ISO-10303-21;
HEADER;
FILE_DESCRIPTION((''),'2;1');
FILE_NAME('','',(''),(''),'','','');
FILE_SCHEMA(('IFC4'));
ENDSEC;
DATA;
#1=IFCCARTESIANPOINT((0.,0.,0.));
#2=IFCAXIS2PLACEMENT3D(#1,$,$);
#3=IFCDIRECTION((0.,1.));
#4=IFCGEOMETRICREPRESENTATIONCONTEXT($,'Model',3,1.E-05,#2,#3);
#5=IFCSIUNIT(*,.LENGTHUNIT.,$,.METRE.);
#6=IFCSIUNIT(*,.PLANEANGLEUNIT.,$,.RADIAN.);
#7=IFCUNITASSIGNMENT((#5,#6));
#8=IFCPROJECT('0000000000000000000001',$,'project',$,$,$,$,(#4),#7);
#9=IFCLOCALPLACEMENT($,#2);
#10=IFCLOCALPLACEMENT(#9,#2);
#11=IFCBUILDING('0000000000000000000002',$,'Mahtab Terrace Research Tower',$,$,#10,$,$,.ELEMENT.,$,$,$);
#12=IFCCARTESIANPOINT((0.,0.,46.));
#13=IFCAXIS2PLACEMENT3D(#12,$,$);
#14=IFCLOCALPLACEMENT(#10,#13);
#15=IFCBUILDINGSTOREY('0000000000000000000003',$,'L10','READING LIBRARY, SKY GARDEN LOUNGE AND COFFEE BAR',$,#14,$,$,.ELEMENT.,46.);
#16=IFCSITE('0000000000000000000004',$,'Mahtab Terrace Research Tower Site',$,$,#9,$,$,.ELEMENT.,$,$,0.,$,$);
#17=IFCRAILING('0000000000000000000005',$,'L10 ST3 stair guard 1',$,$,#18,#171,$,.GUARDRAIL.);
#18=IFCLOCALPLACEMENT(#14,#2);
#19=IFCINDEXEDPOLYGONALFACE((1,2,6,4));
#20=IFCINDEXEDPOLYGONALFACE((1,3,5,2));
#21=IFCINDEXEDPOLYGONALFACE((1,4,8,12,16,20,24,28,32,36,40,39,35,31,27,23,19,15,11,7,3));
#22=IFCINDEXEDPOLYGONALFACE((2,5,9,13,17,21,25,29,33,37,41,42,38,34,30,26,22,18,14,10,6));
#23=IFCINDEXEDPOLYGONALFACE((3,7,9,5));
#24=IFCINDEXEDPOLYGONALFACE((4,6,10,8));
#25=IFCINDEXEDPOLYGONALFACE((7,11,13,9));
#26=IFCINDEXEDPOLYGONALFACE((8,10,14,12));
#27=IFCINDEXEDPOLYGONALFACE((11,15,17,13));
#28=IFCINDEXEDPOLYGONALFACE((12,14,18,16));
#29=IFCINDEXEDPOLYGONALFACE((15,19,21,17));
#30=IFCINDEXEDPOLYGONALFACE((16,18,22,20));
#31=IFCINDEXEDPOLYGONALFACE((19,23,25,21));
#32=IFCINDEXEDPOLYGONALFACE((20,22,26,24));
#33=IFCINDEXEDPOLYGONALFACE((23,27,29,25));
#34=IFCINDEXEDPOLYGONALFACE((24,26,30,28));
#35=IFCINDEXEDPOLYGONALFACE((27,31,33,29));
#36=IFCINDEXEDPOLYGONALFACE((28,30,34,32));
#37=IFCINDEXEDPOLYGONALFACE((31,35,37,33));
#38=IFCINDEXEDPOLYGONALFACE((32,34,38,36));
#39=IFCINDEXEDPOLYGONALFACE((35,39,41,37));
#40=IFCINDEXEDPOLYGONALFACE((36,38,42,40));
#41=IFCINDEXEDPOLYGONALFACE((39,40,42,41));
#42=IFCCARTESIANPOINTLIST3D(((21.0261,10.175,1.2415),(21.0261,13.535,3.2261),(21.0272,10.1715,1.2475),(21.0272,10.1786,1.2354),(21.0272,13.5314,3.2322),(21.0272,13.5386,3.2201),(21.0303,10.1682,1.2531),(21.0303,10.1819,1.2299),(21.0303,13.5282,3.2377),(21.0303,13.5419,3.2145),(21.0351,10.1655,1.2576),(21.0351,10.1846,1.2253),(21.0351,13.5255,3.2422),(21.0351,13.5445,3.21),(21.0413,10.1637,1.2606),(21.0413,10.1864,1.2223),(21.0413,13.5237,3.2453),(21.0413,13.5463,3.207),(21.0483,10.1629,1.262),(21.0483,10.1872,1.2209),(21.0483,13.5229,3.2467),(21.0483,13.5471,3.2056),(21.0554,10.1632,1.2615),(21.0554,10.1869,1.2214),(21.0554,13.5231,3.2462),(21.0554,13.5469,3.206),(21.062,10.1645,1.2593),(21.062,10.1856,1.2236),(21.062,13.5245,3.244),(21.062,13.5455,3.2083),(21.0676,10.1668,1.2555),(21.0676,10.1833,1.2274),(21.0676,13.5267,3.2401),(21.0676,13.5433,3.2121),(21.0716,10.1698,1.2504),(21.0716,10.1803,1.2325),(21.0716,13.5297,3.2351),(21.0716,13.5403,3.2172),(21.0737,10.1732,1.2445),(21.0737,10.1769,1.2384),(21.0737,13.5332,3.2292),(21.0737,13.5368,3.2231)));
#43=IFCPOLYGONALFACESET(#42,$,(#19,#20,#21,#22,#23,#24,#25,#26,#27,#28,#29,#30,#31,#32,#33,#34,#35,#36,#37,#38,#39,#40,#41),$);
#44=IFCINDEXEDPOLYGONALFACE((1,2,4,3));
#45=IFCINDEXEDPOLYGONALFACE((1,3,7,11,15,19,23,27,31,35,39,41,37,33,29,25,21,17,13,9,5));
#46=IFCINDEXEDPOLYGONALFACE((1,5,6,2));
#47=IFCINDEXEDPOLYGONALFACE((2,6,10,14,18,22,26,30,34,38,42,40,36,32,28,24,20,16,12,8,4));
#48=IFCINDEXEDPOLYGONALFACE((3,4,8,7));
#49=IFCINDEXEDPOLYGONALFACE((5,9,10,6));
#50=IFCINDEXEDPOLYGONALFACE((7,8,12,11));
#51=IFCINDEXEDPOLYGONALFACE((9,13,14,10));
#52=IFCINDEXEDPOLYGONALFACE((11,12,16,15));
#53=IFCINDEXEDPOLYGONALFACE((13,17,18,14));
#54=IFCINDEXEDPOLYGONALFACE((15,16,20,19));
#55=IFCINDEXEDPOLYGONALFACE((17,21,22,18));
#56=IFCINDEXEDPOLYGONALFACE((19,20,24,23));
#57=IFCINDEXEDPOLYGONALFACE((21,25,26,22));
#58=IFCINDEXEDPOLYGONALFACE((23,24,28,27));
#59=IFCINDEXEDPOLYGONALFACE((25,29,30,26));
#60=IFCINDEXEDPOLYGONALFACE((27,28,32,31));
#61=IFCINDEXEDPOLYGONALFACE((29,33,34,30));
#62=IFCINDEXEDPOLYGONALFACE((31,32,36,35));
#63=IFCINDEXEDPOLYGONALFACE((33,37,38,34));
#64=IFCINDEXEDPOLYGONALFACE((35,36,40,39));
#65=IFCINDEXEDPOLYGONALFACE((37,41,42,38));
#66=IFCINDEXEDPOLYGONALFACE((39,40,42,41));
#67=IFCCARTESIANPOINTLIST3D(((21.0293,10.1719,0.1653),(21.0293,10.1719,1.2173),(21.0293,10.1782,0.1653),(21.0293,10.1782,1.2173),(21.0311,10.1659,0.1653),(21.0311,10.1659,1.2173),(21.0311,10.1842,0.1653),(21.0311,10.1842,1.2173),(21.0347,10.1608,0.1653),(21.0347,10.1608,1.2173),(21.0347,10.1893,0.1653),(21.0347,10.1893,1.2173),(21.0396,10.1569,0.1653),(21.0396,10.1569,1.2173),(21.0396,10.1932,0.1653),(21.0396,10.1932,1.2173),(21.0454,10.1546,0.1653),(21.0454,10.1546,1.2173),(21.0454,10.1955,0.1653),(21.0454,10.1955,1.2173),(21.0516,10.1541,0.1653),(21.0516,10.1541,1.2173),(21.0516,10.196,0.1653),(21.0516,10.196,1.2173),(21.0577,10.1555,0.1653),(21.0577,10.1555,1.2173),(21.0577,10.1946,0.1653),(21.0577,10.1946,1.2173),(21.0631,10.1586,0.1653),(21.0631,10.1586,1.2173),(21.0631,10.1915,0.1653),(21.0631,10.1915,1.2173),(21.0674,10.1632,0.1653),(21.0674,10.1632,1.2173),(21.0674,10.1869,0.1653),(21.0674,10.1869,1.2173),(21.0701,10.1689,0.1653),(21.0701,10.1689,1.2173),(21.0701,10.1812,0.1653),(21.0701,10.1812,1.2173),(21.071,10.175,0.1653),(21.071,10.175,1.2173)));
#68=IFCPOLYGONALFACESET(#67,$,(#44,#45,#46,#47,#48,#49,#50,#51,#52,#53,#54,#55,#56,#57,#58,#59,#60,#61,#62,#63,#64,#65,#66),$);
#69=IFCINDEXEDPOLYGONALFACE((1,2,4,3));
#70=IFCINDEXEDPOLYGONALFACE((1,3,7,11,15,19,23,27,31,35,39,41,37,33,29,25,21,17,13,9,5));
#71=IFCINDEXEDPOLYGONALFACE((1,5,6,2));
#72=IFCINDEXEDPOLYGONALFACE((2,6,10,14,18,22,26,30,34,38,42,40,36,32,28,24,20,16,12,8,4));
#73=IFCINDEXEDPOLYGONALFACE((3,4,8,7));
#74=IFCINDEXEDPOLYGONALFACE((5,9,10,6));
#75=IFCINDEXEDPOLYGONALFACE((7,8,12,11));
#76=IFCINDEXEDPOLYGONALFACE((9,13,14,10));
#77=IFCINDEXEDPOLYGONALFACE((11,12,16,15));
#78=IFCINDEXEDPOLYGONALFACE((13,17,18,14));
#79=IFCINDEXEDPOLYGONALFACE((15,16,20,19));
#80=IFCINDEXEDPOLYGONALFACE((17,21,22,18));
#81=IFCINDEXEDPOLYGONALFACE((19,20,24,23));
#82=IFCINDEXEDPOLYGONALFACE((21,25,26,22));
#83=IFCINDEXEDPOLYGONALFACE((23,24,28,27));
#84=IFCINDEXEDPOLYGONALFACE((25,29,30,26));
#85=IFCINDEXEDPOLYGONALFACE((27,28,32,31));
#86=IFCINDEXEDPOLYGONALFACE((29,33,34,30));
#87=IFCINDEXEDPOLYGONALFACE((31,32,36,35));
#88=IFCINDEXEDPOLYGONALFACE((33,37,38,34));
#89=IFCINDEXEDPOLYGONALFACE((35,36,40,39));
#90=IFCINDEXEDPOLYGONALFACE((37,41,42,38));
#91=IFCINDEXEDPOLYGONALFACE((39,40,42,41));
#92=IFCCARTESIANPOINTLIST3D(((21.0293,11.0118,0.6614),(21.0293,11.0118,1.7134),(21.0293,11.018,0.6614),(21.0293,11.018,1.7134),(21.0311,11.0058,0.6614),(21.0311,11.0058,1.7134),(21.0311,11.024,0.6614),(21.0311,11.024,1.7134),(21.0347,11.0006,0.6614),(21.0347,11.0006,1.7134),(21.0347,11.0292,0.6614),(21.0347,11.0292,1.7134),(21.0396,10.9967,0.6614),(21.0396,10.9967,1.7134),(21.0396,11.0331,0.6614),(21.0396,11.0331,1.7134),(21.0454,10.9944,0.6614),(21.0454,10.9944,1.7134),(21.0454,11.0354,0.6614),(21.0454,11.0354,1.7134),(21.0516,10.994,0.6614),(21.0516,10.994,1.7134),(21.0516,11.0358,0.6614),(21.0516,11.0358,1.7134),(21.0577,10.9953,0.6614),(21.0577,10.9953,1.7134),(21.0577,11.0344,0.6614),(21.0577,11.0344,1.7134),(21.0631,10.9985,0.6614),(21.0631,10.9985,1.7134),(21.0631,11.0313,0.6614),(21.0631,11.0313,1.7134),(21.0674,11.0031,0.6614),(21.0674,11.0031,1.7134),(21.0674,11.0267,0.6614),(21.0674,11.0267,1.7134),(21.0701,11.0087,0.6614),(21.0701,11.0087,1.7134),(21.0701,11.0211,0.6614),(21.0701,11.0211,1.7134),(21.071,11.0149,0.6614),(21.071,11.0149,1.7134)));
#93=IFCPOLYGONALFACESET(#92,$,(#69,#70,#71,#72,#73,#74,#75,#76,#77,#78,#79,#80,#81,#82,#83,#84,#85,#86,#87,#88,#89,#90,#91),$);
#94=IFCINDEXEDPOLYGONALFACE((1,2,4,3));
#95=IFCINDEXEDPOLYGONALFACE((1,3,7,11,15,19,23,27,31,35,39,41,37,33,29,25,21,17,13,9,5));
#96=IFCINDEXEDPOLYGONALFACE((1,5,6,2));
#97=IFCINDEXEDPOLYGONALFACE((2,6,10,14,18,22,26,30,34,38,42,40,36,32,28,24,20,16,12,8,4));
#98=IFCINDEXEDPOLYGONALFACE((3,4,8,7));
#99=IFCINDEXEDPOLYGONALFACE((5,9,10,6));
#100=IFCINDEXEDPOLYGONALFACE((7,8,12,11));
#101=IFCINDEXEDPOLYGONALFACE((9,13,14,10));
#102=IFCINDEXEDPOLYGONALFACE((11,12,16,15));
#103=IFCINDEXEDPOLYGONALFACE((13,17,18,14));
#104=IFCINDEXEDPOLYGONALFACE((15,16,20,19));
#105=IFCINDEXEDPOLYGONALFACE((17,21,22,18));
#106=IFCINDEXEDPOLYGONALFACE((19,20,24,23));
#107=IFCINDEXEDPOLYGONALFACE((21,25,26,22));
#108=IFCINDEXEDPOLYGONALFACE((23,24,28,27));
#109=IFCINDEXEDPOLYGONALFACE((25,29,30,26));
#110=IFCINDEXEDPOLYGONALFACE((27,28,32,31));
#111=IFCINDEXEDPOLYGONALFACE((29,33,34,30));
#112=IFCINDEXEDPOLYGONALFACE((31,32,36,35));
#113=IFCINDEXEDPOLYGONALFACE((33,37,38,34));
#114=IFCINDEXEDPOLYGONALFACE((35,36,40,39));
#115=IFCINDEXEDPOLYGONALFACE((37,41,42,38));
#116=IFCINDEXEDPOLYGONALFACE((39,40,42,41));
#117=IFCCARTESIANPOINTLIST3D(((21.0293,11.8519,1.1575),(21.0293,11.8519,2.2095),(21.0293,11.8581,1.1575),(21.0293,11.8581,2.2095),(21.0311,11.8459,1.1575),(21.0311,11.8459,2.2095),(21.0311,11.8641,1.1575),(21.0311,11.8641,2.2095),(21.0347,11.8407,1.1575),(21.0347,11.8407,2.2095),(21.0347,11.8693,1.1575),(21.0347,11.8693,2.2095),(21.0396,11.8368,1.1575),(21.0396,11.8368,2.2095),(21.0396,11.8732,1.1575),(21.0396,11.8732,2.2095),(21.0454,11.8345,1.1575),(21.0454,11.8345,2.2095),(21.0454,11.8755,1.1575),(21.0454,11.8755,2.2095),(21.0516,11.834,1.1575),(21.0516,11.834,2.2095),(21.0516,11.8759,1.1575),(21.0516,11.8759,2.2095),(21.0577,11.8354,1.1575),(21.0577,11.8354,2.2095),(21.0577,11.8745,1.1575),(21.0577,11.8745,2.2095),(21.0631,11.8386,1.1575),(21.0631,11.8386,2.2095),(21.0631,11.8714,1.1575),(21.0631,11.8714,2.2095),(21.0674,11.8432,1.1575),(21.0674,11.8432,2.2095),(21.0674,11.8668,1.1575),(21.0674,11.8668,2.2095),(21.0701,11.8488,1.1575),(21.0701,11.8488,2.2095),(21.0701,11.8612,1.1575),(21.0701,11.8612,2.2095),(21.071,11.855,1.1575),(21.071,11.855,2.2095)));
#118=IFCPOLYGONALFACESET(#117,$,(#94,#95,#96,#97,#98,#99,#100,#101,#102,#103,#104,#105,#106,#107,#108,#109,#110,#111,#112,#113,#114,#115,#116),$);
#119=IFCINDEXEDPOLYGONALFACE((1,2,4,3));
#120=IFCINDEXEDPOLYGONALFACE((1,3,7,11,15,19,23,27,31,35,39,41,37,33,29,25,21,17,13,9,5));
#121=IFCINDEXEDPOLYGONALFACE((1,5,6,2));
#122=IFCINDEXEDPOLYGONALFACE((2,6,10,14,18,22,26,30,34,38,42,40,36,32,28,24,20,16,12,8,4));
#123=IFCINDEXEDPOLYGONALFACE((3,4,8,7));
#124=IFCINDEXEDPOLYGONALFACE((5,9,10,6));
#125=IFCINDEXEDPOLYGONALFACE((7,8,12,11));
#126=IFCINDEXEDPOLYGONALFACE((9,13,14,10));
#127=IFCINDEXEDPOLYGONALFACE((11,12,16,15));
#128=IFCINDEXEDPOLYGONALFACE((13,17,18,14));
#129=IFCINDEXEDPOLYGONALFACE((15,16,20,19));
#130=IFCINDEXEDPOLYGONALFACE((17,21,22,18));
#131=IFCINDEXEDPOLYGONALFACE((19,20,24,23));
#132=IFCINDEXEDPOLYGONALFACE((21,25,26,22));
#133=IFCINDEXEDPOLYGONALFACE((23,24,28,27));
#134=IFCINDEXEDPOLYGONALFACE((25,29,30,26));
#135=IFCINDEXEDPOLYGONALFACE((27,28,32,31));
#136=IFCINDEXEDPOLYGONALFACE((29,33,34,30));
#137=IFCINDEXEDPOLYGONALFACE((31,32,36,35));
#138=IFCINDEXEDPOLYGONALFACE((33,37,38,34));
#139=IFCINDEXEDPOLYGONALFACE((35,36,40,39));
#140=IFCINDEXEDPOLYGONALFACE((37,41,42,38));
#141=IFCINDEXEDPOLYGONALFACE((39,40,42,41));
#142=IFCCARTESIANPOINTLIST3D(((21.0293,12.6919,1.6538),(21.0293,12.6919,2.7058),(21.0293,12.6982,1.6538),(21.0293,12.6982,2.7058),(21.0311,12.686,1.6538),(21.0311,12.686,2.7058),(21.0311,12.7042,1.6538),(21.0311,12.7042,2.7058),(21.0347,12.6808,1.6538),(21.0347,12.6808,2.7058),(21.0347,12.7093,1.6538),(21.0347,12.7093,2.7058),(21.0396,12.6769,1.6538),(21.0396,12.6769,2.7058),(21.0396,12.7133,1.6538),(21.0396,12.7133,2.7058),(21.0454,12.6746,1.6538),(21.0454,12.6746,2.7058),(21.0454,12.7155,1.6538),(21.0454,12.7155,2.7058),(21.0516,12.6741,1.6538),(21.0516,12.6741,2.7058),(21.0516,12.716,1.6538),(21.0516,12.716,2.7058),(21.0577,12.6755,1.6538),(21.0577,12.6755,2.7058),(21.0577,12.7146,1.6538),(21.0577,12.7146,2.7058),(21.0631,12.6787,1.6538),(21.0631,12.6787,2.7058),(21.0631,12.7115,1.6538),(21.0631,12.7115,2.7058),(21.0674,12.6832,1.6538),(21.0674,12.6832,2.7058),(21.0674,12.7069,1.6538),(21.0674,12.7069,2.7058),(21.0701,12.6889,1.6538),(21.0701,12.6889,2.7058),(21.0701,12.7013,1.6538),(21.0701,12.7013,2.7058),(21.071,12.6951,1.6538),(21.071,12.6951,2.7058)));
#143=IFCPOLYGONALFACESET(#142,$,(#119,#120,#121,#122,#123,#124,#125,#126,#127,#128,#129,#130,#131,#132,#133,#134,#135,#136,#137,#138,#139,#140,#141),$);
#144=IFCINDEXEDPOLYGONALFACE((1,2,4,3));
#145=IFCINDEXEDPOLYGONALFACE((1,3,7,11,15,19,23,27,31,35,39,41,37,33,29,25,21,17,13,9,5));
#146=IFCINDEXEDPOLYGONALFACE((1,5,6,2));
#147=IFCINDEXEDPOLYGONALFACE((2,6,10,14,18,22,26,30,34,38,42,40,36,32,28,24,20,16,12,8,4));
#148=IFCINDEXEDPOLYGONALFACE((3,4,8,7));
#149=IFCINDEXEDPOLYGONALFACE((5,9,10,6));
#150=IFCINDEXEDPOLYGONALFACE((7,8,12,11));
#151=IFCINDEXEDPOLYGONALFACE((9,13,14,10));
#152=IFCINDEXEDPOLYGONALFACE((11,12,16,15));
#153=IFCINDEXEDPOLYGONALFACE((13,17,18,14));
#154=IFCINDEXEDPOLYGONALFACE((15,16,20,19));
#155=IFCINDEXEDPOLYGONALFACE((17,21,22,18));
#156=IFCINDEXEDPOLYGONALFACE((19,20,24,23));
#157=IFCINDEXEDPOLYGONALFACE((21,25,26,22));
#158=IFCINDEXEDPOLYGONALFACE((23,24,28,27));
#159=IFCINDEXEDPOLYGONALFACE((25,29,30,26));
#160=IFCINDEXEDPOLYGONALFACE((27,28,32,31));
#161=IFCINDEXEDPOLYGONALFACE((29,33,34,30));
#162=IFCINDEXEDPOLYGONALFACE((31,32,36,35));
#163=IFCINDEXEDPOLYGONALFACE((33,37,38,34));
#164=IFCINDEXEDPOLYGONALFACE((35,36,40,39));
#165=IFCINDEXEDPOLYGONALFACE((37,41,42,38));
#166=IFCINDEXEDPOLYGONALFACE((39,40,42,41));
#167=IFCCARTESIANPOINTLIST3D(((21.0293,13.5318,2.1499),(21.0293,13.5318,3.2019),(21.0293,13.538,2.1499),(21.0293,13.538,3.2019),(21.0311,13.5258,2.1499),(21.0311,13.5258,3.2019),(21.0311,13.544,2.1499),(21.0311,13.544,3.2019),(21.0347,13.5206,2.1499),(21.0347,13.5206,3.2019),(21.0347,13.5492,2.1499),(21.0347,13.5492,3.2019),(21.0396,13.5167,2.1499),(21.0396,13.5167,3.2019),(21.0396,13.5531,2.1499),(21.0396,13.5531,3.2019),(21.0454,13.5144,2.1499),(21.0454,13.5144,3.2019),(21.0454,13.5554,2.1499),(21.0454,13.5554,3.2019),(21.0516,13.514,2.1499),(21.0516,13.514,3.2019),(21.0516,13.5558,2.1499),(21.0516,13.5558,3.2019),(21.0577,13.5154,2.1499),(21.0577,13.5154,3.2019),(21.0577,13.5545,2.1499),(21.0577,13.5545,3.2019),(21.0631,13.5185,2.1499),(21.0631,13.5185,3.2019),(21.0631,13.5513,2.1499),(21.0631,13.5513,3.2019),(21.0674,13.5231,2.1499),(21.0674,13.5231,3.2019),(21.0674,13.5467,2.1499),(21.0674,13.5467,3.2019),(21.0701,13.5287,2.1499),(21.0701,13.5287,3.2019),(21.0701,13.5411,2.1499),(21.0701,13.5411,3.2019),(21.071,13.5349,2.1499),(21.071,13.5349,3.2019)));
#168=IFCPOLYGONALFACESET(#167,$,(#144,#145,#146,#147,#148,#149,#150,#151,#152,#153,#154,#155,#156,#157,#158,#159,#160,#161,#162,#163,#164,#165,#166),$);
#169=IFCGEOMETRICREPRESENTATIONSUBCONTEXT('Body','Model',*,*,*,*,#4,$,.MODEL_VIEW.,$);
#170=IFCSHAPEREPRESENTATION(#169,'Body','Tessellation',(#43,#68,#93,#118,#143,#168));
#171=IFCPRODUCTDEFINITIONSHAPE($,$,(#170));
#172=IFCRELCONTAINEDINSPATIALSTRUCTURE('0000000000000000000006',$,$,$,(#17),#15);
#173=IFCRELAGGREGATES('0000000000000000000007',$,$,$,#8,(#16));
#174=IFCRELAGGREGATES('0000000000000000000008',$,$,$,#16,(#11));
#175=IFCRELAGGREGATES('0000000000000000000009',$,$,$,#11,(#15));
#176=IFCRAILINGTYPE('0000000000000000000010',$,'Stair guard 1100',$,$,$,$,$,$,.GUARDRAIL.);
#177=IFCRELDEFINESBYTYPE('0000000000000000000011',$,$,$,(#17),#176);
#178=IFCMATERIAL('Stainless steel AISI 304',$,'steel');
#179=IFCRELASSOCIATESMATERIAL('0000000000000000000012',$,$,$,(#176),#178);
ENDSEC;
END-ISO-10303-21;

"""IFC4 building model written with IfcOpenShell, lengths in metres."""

from ifc_helpers import new_model, si_unit, direction, frame, origin, origin_2d, place, context, subcontext, project, spatial, circle, extrude, material, type_object, element, save


model = new_model("IFC4")

# Units and contexts
model_context = context("Model", 3, precision=1e-05, world=origin(), true_north=direction((0.0, 1.0)))
body_context = subcontext(model_context, "Body", "Model", "MODEL_VIEW")
ifc_project = project(units=[si_unit("LENGTHUNIT", "METRE"), si_unit("PLANEANGLEUNIT", "RADIAN")], contexts=[model_context])

# Site, building, storey
site_placement = place(None, origin())
site = spatial("IfcSite", under=ifc_project, at=site_placement, Name="Mahtab Terrace Research Tower Site", CompositionType="ELEMENT", RefElevation=0.0)
building_placement = place(site_placement, origin())
building = spatial("IfcBuilding", under=site, at=building_placement, Name="Mahtab Terrace Research Tower", CompositionType="ELEMENT")
storey_placement = place(building_placement, frame((0.0, 0.0, 46.0)))
storey = spatial("IfcBuildingStorey", under=building, at=storey_placement, Name="L10", Description="READING LIBRARY, SKY GARDEN LOUNGE AND COFFEE BAR", CompositionType="ELEMENT", Elevation=46.0)

# Railing
ifc_material_1 = material(Name="Stainless steel AISI 304", Category="steel")
railing_type_1 = type_object("IfcRailingType", Name="Stair guard 1100", PredefinedType="GUARDRAIL", material=ifc_material_1)
railing_1_placement = place(storey_placement, frame((21.05, 10.175, 0.1653)))
element("IfcRailing", 1, at=railing_1_placement, inside=storey, type_object=railing_type_1, Name="L10 ST3 stair guard 1", PredefinedType="GUARDRAIL", context=body_context, shape_type="SweptSolid", body=[
    extrude(circle(Radius=0.0239, at=origin_2d()), frame((0.0, 0.0, 1.0762), z_axis=(0.0, 0.861011, 0.508586), x_axis=(-1.0, 0.0, 0.0)), (0.0, 0.0, 1.0), 3.9023),
    extrude(circle(Radius=0.021, at=origin_2d()), origin(), (0.0, 0.0, 1.0), 1.052),
    extrude(circle(Radius=0.021, at=origin_2d()), frame((0.0, 0.8398, 0.4961)), (0.0, 0.0, 1.0), 1.052),
    extrude(circle(Radius=0.021, at=origin_2d()), frame((0.0, 1.6799, 0.9922)), (0.0, 0.0, 1.0), 1.052),
    extrude(circle(Radius=0.021, at=origin_2d()), frame((0.0, 2.52, 1.4885)), (0.0, 0.0, 1.0), 1.052),
    extrude(circle(Radius=0.021, at=origin_2d()), frame((0.0, 3.3599, 1.9846)), (0.0, 0.0, 1.0), 1.052),
])

save(model, "model.ifc")
